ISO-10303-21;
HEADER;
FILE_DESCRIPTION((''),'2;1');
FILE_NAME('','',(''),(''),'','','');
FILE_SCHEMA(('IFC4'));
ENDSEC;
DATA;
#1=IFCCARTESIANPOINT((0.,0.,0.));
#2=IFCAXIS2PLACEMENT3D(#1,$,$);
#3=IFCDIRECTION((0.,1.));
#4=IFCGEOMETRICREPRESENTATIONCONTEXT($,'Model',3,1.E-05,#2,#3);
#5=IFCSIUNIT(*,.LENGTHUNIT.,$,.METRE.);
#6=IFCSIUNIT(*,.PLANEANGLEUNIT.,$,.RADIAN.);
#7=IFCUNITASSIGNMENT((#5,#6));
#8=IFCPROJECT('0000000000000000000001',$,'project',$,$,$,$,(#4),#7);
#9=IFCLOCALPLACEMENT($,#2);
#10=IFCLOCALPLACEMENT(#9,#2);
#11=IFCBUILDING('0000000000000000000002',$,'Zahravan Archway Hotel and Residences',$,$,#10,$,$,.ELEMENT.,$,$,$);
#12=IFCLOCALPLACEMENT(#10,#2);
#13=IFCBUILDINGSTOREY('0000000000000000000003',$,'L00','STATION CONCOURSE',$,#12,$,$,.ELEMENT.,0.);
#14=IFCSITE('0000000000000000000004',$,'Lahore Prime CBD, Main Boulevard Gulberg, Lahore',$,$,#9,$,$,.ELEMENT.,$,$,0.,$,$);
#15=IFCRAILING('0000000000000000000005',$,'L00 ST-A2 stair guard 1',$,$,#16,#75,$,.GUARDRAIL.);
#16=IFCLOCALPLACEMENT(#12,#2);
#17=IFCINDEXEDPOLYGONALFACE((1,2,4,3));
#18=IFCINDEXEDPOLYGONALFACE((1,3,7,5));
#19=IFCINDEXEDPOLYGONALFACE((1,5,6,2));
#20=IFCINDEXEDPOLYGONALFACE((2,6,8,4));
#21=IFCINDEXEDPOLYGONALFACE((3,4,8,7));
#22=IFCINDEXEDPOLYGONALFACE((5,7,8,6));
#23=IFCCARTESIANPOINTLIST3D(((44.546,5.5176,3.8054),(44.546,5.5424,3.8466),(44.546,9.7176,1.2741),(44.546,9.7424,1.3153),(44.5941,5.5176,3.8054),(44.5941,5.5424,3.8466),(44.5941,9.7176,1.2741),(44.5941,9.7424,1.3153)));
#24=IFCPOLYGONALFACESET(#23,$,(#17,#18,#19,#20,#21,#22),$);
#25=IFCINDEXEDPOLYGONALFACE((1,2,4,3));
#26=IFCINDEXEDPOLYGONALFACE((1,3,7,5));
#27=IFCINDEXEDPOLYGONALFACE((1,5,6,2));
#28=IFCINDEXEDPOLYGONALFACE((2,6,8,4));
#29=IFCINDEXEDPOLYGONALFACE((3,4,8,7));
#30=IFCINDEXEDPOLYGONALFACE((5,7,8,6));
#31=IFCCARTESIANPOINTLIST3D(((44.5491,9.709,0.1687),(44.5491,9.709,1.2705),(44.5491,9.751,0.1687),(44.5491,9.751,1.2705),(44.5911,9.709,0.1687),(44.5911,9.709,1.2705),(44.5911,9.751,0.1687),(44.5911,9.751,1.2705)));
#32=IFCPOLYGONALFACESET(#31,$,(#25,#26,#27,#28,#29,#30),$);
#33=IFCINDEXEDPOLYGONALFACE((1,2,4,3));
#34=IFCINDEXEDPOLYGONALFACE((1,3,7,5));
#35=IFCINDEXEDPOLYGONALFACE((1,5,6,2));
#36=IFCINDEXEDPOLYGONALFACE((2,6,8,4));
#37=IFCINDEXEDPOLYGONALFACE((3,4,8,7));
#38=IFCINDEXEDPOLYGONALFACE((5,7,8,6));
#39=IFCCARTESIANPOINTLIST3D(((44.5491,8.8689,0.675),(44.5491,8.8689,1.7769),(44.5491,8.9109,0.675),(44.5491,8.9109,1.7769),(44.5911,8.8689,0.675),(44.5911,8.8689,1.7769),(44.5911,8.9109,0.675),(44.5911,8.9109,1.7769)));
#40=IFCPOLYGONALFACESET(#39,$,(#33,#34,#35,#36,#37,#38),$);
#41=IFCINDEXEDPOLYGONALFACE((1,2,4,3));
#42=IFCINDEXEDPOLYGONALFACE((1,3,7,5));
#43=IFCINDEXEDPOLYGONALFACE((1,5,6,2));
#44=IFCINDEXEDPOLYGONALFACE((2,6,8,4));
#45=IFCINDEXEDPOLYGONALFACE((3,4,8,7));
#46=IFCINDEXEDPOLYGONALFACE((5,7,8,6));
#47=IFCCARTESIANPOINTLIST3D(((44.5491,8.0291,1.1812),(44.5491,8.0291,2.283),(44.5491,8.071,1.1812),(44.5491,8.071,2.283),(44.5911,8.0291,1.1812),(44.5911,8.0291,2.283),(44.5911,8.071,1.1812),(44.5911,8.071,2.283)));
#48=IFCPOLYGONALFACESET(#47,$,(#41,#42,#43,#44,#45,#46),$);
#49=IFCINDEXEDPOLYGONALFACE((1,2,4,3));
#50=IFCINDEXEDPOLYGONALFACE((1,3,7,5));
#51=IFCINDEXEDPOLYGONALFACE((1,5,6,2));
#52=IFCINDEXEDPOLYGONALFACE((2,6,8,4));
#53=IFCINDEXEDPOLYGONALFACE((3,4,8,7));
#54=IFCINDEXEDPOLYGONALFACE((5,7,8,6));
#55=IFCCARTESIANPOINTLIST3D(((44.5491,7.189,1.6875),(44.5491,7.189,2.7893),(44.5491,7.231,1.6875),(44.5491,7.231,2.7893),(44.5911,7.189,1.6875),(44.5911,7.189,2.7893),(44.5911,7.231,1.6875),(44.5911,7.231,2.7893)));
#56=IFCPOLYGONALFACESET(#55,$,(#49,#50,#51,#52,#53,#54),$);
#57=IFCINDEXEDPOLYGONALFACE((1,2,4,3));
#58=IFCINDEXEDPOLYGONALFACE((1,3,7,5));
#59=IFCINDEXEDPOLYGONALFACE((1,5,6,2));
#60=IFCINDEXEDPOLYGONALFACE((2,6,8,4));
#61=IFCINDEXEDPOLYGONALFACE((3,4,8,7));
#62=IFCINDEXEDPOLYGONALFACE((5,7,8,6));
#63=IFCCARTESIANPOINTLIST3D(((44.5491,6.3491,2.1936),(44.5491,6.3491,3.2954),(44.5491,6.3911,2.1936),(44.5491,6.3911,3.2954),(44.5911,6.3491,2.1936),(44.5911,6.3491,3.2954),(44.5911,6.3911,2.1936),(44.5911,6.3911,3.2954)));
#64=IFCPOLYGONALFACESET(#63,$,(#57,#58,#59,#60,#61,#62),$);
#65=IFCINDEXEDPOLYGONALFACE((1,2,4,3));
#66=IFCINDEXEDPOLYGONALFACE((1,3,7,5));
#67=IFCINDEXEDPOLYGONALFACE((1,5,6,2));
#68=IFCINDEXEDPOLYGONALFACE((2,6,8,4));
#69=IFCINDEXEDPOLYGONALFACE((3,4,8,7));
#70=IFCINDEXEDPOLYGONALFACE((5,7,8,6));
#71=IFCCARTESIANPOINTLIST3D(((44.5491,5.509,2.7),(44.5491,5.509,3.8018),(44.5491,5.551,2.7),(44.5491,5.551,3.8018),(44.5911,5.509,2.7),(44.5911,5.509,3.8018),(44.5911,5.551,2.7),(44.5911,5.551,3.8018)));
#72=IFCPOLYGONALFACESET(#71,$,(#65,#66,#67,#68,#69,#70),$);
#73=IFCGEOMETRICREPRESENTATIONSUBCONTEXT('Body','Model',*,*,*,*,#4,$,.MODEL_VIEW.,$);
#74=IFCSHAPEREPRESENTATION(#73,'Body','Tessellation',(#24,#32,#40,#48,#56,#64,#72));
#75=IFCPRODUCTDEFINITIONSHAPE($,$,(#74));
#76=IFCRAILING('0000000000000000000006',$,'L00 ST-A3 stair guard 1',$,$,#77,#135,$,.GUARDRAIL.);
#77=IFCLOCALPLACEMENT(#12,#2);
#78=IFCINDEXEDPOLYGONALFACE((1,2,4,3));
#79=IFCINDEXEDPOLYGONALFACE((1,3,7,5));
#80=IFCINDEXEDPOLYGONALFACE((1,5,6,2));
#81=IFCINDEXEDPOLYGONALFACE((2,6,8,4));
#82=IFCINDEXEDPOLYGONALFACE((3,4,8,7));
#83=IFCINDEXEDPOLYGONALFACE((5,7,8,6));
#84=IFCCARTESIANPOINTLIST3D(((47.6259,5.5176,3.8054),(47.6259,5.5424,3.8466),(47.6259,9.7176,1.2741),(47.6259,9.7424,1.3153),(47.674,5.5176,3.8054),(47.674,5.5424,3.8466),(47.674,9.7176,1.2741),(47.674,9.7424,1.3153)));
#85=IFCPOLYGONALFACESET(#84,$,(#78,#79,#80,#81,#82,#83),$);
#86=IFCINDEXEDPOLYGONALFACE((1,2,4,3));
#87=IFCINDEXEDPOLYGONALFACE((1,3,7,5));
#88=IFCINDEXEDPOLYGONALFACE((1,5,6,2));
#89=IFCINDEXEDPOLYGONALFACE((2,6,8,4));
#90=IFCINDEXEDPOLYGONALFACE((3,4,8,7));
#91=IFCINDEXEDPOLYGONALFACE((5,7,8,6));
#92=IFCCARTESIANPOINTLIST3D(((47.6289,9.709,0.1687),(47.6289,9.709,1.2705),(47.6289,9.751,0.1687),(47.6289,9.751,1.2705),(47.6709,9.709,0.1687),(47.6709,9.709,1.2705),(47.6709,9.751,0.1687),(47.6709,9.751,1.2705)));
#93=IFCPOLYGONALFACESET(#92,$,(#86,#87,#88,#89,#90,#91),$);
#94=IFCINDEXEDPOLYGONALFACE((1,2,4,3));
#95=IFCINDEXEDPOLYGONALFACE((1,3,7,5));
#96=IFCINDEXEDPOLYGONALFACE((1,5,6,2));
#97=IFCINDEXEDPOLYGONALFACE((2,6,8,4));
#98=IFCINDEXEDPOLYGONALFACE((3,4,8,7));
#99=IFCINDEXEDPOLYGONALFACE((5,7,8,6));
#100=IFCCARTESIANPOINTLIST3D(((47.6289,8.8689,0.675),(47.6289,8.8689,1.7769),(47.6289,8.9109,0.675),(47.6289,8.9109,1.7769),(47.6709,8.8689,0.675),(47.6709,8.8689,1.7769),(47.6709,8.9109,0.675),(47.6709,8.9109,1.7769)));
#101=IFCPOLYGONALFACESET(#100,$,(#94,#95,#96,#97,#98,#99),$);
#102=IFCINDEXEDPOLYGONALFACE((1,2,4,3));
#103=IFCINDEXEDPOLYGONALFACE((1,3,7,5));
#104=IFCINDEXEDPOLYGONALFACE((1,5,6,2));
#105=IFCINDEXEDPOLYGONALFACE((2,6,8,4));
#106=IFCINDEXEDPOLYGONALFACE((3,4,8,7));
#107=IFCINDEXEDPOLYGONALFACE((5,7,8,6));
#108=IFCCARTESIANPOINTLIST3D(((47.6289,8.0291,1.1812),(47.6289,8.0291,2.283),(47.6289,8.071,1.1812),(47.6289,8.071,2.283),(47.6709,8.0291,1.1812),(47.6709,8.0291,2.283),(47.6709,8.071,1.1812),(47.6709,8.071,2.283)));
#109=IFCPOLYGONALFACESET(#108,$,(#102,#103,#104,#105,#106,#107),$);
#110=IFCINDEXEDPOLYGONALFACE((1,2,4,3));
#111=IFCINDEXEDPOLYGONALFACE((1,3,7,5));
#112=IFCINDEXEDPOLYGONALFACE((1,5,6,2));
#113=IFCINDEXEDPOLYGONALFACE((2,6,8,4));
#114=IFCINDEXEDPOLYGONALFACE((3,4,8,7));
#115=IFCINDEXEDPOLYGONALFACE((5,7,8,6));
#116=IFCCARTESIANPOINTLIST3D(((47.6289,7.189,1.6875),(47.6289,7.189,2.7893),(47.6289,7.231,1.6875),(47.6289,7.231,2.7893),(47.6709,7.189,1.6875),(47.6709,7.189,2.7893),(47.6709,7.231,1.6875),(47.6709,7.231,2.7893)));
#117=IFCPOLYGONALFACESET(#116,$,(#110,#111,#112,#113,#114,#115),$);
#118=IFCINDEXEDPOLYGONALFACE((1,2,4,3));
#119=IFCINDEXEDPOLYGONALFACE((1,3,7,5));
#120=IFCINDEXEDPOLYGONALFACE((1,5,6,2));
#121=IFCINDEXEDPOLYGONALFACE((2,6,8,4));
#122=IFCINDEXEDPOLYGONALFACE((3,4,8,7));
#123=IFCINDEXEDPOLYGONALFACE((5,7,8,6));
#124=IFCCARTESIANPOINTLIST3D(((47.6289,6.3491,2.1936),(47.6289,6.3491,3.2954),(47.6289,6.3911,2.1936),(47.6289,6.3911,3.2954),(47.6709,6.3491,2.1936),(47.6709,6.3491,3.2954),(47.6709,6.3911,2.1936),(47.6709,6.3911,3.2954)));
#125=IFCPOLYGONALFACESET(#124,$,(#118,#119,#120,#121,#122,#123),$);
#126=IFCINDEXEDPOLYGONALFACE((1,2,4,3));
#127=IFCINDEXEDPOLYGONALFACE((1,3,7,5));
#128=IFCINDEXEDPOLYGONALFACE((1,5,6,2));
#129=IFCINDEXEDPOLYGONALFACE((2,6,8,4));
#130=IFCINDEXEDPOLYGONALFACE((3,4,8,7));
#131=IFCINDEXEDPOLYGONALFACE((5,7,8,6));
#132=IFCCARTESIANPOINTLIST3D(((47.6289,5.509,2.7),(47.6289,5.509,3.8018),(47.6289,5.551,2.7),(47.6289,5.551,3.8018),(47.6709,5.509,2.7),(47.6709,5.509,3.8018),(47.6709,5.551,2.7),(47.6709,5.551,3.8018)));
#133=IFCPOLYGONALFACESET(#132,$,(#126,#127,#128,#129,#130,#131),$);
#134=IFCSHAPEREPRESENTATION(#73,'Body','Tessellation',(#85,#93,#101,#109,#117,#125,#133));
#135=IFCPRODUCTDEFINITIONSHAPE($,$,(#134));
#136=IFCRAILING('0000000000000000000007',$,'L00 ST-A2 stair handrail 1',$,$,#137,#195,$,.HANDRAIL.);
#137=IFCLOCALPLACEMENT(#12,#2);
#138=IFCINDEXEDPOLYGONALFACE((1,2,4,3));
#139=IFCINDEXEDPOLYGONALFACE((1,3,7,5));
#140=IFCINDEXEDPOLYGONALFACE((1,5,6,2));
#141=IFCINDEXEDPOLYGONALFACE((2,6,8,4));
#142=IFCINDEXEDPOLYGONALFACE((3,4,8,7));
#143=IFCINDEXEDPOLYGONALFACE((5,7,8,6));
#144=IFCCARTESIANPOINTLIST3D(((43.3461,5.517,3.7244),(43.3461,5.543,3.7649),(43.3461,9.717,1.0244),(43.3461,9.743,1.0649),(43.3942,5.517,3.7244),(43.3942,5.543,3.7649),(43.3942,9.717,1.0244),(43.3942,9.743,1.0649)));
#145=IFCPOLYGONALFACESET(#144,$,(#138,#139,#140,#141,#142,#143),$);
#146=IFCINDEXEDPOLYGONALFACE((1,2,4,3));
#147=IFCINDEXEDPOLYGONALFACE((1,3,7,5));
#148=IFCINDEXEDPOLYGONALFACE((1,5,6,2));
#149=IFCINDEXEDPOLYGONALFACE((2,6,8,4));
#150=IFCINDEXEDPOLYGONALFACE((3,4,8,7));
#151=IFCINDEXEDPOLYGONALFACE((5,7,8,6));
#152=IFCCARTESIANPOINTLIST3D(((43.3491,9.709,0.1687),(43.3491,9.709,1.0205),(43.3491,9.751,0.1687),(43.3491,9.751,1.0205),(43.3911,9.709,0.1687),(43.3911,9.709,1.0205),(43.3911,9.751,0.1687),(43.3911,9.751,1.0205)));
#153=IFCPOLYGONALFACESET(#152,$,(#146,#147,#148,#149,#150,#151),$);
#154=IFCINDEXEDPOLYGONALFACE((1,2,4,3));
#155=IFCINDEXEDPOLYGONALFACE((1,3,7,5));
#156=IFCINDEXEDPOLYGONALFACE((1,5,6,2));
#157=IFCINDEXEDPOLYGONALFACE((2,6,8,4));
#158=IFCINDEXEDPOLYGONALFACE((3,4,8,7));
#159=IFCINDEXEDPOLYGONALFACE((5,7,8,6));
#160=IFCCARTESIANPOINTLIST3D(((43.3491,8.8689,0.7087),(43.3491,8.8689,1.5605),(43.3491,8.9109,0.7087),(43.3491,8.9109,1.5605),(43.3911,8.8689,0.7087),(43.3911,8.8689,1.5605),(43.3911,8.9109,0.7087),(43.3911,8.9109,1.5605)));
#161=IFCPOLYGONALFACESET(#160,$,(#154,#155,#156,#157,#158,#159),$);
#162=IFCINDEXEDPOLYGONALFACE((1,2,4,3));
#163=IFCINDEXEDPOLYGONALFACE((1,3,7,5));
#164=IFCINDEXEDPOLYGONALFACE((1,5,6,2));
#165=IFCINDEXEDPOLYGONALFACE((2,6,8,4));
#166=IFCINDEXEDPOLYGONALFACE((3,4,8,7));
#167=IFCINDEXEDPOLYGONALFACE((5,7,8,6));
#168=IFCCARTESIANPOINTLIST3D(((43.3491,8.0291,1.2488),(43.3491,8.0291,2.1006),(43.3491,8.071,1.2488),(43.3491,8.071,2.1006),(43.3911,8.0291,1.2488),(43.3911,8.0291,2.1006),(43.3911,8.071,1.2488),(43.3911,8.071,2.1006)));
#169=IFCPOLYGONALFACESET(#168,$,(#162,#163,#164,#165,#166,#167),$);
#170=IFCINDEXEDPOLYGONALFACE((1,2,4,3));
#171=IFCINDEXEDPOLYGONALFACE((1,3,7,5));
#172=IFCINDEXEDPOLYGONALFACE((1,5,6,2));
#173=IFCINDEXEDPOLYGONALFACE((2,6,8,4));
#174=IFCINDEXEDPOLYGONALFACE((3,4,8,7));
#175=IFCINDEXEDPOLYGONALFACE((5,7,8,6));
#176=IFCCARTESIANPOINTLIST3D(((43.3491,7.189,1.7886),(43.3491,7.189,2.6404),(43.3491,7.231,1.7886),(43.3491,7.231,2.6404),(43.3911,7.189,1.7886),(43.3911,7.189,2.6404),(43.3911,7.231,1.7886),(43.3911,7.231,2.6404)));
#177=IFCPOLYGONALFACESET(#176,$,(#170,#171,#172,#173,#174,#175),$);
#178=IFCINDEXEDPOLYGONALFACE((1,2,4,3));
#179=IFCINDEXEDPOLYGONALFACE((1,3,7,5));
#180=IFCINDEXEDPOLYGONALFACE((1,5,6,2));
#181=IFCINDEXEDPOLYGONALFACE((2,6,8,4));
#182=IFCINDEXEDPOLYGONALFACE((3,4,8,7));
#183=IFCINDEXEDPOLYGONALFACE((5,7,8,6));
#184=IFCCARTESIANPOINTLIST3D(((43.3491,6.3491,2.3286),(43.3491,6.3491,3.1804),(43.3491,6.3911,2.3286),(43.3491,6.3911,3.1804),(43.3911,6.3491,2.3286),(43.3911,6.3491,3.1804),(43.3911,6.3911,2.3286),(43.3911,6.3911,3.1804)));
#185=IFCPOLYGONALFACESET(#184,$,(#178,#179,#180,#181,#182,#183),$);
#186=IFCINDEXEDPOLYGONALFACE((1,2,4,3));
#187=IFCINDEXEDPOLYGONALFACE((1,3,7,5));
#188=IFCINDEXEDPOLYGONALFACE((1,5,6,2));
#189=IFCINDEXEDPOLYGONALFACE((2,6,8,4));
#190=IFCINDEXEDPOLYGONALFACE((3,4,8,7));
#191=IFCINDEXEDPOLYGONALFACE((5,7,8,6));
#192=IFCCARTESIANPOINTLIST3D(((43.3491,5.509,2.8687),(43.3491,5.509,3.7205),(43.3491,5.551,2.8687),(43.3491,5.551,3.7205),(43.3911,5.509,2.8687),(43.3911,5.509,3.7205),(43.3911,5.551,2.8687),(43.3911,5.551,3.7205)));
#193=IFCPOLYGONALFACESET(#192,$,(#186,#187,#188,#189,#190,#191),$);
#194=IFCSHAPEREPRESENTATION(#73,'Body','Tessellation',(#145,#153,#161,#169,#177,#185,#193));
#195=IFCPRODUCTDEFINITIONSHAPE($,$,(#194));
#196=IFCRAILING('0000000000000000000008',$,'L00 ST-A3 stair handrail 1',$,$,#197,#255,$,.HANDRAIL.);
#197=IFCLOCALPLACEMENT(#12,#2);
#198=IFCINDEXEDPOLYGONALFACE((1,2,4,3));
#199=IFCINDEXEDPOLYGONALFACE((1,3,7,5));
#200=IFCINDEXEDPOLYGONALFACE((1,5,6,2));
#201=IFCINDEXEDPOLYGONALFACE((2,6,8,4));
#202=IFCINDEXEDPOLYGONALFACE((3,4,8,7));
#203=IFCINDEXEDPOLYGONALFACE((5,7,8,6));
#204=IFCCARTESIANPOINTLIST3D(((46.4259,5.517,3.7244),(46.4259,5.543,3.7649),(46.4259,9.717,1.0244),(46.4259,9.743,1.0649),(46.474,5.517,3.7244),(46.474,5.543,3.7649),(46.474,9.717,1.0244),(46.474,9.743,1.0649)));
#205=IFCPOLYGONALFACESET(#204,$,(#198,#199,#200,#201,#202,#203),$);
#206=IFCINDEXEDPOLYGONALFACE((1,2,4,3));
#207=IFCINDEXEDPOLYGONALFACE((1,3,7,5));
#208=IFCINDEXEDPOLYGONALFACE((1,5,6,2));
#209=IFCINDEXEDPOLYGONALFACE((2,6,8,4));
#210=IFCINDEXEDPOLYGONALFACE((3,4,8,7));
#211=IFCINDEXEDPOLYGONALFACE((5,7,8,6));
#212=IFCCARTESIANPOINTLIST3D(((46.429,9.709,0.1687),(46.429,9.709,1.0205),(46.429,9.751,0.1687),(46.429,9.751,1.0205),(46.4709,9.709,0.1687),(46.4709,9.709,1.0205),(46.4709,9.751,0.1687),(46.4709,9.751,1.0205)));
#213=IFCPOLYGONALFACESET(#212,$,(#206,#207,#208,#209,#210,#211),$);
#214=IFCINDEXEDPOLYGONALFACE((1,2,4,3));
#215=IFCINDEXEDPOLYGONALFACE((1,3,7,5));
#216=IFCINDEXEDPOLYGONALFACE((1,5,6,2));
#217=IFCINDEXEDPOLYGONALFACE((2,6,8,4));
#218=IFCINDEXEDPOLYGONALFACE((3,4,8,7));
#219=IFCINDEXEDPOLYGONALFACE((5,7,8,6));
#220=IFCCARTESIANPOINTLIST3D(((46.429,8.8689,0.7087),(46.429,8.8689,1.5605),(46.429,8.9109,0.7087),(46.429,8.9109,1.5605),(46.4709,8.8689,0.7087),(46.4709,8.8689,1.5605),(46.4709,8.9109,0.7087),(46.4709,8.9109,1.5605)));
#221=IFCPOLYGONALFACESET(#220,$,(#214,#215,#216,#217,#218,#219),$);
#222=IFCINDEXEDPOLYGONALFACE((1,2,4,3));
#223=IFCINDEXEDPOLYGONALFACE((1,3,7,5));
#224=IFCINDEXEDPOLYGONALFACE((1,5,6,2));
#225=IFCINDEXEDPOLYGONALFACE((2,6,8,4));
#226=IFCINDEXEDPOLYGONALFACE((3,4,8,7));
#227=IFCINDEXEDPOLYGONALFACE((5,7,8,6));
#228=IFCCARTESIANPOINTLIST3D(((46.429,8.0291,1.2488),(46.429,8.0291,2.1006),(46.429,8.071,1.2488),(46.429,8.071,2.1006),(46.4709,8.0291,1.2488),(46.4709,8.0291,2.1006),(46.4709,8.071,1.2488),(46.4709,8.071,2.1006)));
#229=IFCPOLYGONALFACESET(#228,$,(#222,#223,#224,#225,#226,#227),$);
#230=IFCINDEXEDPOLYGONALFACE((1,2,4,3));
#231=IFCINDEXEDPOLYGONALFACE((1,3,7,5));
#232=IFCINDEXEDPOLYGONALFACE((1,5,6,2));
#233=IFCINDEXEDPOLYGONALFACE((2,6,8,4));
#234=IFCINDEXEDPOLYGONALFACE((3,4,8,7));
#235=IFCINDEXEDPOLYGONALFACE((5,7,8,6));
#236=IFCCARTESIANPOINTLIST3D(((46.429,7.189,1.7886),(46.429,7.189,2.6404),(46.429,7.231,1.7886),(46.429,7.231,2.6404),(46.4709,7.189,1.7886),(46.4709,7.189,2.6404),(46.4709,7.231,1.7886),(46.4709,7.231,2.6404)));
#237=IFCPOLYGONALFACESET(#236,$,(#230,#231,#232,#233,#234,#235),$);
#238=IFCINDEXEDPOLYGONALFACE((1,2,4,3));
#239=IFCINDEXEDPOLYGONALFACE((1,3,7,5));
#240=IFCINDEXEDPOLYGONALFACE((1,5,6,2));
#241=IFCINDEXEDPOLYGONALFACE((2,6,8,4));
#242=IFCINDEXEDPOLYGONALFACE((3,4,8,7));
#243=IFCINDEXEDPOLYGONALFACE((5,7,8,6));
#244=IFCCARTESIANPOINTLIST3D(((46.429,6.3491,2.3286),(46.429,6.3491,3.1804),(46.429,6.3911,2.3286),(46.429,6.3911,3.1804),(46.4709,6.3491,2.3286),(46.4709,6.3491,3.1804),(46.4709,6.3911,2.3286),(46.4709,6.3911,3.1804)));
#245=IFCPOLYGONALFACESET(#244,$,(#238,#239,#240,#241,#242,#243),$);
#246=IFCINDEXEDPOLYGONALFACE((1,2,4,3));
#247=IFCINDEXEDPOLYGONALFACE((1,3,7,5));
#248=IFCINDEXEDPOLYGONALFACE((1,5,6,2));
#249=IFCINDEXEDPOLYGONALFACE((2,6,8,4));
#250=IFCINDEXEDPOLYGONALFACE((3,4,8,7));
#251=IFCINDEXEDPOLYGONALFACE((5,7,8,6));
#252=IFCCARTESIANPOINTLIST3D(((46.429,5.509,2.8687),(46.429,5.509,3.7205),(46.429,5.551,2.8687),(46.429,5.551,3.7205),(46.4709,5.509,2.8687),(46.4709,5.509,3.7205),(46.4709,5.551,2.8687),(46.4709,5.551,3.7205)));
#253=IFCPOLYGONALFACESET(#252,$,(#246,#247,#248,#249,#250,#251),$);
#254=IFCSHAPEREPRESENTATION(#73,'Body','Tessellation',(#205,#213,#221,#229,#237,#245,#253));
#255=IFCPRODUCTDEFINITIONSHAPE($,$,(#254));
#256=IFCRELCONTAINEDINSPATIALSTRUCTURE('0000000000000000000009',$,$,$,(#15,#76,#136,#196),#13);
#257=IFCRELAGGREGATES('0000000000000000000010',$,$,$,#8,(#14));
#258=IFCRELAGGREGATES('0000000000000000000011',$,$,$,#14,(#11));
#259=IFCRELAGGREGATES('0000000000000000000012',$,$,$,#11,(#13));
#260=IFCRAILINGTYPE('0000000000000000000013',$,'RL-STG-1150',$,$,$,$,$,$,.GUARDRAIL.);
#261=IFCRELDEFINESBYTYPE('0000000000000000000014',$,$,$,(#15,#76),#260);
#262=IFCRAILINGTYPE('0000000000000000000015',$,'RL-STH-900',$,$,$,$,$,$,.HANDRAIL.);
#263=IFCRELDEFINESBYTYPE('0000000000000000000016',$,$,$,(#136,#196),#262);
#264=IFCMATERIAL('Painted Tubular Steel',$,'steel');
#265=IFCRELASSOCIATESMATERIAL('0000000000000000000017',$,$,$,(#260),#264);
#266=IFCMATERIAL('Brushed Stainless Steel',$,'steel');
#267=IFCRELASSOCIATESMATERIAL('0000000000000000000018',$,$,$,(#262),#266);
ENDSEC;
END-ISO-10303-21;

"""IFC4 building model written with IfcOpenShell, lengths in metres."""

from ifc_helpers import new_model, si_unit, direction, frame, origin, origin_2d, place, context, subcontext, project, spatial, rectangle, extrude, material, type_object, element, save


model = new_model("IFC4")

# Units and contexts
model_context = context("Model", 3, precision=1e-05, world=origin(), true_north=direction((0.0, 1.0)))
body_context = subcontext(model_context, "Body", "Model", "MODEL_VIEW")
ifc_project = project(units=[si_unit("LENGTHUNIT", "METRE"), si_unit("PLANEANGLEUNIT", "RADIAN")], contexts=[model_context])

# Site, building, storey
site_placement = place(None, origin())
site = spatial("IfcSite", under=ifc_project, at=site_placement, Name="Lahore Prime CBD, Main Boulevard Gulberg, Lahore", CompositionType="ELEMENT", RefElevation=0.0)
building_placement = place(site_placement, origin())
building = spatial("IfcBuilding", under=site, at=building_placement, Name="Zahravan Archway Hotel and Residences", CompositionType="ELEMENT")
storey_placement = place(building_placement, origin())
storey = spatial("IfcBuildingStorey", under=building, at=storey_placement, Name="L00", Description="STATION CONCOURSE", CompositionType="ELEMENT", Elevation=0.0)

# Railings
ifc_material_1 = material(Name="Painted Tubular Steel", Category="steel")
railing_type_1 = type_object("IfcRailingType", Name="RL-STG-1150", PredefinedType="GUARDRAIL", material=ifc_material_1)
for number, where, name in (
    (1, (44.5701, 9.73, 0.1687), "L00 ST-A2 stair guard 1"),
    (2, (47.6499, 9.73, 0.1687), "L00 ST-A3 stair guard 1"),
):
    element("IfcRailing", number, at=place(storey_placement, frame(where)), inside=storey, type_object=railing_type_1, Name=name, PredefinedType="GUARDRAIL", context=body_context, shape_type="SweptSolid", body=[
        extrude(rectangle(XDim=0.0481, YDim=0.0481, at=origin_2d()), frame((0.0, 0.0, 1.126), z_axis=(0.0, -0.856476, 0.516186), x_axis=(1.0, 0.0, 0.0)), (0.0, 0.0, 1.0), 4.9038),
        extrude(rectangle(XDim=0.042, YDim=0.042, at=origin_2d()), origin(), (0.0, 0.0, 1.0), 1.1018),
        extrude(rectangle(XDim=0.042, YDim=0.042, at=origin_2d()), frame((0.0, -0.8401, 0.5063)), (0.0, 0.0, 1.0), 1.1018),
        extrude(rectangle(XDim=0.042, YDim=0.042, at=origin_2d()), frame((0.0, -1.6799, 1.0125)), (0.0, 0.0, 1.0), 1.1018),
        extrude(rectangle(XDim=0.042, YDim=0.042, at=origin_2d()), frame((0.0, -2.52, 1.5188)), (0.0, 0.0, 1.0), 1.1018),
        extrude(rectangle(XDim=0.042, YDim=0.042, at=origin_2d()), frame((0.0, -3.3599, 2.0249)), (0.0, 0.0, 1.0), 1.1018),
        extrude(rectangle(XDim=0.042, YDim=0.042, at=origin_2d()), frame((0.0, -4.2, 2.5312)), (0.0, 0.0, 1.0), 1.1018),
    ])
ifc_material_2 = material(Name="Brushed Stainless Steel", Category="steel")
railing_type_2 = type_object("IfcRailingType", Name="RL-STH-900", PredefinedType="HANDRAIL", material=ifc_material_2)
for number, where, name in (
    (3, (43.3701, 9.73, 0.1687), "L00 ST-A2 stair handrail 1"),
    (4, (46.45, 9.73, 0.1687), "L00 ST-A3 stair handrail 1"),
):
    element("IfcRailing", number, at=place(storey_placement, frame(where)), inside=storey, type_object=railing_type_2, Name=name, PredefinedType="HANDRAIL", context=body_context, shape_type="SweptSolid", body=[
        extrude(rectangle(XDim=0.0481, YDim=0.0481, at=origin_2d()), frame((0.0, 0.0, 0.876), z_axis=(0.0, -0.84118, 0.540755), x_axis=(1.0, 0.0, 0.0)), (0.0, 0.0, 1.0), 4.9929),
        extrude(rectangle(XDim=0.042, YDim=0.042, at=origin_2d()), origin(), (0.0, 0.0, 1.0), 0.8518),
        extrude(rectangle(XDim=0.042, YDim=0.042, at=origin_2d()), frame((0.0, -0.8401, 0.54)), (0.0, 0.0, 1.0), 0.8518),
        extrude(rectangle(XDim=0.042, YDim=0.042, at=origin_2d()), frame((0.0, -1.6799, 1.0801)), (0.0, 0.0, 1.0), 0.8518),
        extrude(rectangle(XDim=0.042, YDim=0.042, at=origin_2d()), frame((0.0, -2.52, 1.6199)), (0.0, 0.0, 1.0), 0.8518),
        extrude(rectangle(XDim=0.042, YDim=0.042, at=origin_2d()), frame((0.0, -3.3599, 2.1599)), (0.0, 0.0, 1.0), 0.8518),
        extrude(rectangle(XDim=0.042, YDim=0.042, at=origin_2d()), frame((0.0, -4.2, 2.7)), (0.0, 0.0, 1.0), 0.8518),
    ])

save(model, "model.ifc")
